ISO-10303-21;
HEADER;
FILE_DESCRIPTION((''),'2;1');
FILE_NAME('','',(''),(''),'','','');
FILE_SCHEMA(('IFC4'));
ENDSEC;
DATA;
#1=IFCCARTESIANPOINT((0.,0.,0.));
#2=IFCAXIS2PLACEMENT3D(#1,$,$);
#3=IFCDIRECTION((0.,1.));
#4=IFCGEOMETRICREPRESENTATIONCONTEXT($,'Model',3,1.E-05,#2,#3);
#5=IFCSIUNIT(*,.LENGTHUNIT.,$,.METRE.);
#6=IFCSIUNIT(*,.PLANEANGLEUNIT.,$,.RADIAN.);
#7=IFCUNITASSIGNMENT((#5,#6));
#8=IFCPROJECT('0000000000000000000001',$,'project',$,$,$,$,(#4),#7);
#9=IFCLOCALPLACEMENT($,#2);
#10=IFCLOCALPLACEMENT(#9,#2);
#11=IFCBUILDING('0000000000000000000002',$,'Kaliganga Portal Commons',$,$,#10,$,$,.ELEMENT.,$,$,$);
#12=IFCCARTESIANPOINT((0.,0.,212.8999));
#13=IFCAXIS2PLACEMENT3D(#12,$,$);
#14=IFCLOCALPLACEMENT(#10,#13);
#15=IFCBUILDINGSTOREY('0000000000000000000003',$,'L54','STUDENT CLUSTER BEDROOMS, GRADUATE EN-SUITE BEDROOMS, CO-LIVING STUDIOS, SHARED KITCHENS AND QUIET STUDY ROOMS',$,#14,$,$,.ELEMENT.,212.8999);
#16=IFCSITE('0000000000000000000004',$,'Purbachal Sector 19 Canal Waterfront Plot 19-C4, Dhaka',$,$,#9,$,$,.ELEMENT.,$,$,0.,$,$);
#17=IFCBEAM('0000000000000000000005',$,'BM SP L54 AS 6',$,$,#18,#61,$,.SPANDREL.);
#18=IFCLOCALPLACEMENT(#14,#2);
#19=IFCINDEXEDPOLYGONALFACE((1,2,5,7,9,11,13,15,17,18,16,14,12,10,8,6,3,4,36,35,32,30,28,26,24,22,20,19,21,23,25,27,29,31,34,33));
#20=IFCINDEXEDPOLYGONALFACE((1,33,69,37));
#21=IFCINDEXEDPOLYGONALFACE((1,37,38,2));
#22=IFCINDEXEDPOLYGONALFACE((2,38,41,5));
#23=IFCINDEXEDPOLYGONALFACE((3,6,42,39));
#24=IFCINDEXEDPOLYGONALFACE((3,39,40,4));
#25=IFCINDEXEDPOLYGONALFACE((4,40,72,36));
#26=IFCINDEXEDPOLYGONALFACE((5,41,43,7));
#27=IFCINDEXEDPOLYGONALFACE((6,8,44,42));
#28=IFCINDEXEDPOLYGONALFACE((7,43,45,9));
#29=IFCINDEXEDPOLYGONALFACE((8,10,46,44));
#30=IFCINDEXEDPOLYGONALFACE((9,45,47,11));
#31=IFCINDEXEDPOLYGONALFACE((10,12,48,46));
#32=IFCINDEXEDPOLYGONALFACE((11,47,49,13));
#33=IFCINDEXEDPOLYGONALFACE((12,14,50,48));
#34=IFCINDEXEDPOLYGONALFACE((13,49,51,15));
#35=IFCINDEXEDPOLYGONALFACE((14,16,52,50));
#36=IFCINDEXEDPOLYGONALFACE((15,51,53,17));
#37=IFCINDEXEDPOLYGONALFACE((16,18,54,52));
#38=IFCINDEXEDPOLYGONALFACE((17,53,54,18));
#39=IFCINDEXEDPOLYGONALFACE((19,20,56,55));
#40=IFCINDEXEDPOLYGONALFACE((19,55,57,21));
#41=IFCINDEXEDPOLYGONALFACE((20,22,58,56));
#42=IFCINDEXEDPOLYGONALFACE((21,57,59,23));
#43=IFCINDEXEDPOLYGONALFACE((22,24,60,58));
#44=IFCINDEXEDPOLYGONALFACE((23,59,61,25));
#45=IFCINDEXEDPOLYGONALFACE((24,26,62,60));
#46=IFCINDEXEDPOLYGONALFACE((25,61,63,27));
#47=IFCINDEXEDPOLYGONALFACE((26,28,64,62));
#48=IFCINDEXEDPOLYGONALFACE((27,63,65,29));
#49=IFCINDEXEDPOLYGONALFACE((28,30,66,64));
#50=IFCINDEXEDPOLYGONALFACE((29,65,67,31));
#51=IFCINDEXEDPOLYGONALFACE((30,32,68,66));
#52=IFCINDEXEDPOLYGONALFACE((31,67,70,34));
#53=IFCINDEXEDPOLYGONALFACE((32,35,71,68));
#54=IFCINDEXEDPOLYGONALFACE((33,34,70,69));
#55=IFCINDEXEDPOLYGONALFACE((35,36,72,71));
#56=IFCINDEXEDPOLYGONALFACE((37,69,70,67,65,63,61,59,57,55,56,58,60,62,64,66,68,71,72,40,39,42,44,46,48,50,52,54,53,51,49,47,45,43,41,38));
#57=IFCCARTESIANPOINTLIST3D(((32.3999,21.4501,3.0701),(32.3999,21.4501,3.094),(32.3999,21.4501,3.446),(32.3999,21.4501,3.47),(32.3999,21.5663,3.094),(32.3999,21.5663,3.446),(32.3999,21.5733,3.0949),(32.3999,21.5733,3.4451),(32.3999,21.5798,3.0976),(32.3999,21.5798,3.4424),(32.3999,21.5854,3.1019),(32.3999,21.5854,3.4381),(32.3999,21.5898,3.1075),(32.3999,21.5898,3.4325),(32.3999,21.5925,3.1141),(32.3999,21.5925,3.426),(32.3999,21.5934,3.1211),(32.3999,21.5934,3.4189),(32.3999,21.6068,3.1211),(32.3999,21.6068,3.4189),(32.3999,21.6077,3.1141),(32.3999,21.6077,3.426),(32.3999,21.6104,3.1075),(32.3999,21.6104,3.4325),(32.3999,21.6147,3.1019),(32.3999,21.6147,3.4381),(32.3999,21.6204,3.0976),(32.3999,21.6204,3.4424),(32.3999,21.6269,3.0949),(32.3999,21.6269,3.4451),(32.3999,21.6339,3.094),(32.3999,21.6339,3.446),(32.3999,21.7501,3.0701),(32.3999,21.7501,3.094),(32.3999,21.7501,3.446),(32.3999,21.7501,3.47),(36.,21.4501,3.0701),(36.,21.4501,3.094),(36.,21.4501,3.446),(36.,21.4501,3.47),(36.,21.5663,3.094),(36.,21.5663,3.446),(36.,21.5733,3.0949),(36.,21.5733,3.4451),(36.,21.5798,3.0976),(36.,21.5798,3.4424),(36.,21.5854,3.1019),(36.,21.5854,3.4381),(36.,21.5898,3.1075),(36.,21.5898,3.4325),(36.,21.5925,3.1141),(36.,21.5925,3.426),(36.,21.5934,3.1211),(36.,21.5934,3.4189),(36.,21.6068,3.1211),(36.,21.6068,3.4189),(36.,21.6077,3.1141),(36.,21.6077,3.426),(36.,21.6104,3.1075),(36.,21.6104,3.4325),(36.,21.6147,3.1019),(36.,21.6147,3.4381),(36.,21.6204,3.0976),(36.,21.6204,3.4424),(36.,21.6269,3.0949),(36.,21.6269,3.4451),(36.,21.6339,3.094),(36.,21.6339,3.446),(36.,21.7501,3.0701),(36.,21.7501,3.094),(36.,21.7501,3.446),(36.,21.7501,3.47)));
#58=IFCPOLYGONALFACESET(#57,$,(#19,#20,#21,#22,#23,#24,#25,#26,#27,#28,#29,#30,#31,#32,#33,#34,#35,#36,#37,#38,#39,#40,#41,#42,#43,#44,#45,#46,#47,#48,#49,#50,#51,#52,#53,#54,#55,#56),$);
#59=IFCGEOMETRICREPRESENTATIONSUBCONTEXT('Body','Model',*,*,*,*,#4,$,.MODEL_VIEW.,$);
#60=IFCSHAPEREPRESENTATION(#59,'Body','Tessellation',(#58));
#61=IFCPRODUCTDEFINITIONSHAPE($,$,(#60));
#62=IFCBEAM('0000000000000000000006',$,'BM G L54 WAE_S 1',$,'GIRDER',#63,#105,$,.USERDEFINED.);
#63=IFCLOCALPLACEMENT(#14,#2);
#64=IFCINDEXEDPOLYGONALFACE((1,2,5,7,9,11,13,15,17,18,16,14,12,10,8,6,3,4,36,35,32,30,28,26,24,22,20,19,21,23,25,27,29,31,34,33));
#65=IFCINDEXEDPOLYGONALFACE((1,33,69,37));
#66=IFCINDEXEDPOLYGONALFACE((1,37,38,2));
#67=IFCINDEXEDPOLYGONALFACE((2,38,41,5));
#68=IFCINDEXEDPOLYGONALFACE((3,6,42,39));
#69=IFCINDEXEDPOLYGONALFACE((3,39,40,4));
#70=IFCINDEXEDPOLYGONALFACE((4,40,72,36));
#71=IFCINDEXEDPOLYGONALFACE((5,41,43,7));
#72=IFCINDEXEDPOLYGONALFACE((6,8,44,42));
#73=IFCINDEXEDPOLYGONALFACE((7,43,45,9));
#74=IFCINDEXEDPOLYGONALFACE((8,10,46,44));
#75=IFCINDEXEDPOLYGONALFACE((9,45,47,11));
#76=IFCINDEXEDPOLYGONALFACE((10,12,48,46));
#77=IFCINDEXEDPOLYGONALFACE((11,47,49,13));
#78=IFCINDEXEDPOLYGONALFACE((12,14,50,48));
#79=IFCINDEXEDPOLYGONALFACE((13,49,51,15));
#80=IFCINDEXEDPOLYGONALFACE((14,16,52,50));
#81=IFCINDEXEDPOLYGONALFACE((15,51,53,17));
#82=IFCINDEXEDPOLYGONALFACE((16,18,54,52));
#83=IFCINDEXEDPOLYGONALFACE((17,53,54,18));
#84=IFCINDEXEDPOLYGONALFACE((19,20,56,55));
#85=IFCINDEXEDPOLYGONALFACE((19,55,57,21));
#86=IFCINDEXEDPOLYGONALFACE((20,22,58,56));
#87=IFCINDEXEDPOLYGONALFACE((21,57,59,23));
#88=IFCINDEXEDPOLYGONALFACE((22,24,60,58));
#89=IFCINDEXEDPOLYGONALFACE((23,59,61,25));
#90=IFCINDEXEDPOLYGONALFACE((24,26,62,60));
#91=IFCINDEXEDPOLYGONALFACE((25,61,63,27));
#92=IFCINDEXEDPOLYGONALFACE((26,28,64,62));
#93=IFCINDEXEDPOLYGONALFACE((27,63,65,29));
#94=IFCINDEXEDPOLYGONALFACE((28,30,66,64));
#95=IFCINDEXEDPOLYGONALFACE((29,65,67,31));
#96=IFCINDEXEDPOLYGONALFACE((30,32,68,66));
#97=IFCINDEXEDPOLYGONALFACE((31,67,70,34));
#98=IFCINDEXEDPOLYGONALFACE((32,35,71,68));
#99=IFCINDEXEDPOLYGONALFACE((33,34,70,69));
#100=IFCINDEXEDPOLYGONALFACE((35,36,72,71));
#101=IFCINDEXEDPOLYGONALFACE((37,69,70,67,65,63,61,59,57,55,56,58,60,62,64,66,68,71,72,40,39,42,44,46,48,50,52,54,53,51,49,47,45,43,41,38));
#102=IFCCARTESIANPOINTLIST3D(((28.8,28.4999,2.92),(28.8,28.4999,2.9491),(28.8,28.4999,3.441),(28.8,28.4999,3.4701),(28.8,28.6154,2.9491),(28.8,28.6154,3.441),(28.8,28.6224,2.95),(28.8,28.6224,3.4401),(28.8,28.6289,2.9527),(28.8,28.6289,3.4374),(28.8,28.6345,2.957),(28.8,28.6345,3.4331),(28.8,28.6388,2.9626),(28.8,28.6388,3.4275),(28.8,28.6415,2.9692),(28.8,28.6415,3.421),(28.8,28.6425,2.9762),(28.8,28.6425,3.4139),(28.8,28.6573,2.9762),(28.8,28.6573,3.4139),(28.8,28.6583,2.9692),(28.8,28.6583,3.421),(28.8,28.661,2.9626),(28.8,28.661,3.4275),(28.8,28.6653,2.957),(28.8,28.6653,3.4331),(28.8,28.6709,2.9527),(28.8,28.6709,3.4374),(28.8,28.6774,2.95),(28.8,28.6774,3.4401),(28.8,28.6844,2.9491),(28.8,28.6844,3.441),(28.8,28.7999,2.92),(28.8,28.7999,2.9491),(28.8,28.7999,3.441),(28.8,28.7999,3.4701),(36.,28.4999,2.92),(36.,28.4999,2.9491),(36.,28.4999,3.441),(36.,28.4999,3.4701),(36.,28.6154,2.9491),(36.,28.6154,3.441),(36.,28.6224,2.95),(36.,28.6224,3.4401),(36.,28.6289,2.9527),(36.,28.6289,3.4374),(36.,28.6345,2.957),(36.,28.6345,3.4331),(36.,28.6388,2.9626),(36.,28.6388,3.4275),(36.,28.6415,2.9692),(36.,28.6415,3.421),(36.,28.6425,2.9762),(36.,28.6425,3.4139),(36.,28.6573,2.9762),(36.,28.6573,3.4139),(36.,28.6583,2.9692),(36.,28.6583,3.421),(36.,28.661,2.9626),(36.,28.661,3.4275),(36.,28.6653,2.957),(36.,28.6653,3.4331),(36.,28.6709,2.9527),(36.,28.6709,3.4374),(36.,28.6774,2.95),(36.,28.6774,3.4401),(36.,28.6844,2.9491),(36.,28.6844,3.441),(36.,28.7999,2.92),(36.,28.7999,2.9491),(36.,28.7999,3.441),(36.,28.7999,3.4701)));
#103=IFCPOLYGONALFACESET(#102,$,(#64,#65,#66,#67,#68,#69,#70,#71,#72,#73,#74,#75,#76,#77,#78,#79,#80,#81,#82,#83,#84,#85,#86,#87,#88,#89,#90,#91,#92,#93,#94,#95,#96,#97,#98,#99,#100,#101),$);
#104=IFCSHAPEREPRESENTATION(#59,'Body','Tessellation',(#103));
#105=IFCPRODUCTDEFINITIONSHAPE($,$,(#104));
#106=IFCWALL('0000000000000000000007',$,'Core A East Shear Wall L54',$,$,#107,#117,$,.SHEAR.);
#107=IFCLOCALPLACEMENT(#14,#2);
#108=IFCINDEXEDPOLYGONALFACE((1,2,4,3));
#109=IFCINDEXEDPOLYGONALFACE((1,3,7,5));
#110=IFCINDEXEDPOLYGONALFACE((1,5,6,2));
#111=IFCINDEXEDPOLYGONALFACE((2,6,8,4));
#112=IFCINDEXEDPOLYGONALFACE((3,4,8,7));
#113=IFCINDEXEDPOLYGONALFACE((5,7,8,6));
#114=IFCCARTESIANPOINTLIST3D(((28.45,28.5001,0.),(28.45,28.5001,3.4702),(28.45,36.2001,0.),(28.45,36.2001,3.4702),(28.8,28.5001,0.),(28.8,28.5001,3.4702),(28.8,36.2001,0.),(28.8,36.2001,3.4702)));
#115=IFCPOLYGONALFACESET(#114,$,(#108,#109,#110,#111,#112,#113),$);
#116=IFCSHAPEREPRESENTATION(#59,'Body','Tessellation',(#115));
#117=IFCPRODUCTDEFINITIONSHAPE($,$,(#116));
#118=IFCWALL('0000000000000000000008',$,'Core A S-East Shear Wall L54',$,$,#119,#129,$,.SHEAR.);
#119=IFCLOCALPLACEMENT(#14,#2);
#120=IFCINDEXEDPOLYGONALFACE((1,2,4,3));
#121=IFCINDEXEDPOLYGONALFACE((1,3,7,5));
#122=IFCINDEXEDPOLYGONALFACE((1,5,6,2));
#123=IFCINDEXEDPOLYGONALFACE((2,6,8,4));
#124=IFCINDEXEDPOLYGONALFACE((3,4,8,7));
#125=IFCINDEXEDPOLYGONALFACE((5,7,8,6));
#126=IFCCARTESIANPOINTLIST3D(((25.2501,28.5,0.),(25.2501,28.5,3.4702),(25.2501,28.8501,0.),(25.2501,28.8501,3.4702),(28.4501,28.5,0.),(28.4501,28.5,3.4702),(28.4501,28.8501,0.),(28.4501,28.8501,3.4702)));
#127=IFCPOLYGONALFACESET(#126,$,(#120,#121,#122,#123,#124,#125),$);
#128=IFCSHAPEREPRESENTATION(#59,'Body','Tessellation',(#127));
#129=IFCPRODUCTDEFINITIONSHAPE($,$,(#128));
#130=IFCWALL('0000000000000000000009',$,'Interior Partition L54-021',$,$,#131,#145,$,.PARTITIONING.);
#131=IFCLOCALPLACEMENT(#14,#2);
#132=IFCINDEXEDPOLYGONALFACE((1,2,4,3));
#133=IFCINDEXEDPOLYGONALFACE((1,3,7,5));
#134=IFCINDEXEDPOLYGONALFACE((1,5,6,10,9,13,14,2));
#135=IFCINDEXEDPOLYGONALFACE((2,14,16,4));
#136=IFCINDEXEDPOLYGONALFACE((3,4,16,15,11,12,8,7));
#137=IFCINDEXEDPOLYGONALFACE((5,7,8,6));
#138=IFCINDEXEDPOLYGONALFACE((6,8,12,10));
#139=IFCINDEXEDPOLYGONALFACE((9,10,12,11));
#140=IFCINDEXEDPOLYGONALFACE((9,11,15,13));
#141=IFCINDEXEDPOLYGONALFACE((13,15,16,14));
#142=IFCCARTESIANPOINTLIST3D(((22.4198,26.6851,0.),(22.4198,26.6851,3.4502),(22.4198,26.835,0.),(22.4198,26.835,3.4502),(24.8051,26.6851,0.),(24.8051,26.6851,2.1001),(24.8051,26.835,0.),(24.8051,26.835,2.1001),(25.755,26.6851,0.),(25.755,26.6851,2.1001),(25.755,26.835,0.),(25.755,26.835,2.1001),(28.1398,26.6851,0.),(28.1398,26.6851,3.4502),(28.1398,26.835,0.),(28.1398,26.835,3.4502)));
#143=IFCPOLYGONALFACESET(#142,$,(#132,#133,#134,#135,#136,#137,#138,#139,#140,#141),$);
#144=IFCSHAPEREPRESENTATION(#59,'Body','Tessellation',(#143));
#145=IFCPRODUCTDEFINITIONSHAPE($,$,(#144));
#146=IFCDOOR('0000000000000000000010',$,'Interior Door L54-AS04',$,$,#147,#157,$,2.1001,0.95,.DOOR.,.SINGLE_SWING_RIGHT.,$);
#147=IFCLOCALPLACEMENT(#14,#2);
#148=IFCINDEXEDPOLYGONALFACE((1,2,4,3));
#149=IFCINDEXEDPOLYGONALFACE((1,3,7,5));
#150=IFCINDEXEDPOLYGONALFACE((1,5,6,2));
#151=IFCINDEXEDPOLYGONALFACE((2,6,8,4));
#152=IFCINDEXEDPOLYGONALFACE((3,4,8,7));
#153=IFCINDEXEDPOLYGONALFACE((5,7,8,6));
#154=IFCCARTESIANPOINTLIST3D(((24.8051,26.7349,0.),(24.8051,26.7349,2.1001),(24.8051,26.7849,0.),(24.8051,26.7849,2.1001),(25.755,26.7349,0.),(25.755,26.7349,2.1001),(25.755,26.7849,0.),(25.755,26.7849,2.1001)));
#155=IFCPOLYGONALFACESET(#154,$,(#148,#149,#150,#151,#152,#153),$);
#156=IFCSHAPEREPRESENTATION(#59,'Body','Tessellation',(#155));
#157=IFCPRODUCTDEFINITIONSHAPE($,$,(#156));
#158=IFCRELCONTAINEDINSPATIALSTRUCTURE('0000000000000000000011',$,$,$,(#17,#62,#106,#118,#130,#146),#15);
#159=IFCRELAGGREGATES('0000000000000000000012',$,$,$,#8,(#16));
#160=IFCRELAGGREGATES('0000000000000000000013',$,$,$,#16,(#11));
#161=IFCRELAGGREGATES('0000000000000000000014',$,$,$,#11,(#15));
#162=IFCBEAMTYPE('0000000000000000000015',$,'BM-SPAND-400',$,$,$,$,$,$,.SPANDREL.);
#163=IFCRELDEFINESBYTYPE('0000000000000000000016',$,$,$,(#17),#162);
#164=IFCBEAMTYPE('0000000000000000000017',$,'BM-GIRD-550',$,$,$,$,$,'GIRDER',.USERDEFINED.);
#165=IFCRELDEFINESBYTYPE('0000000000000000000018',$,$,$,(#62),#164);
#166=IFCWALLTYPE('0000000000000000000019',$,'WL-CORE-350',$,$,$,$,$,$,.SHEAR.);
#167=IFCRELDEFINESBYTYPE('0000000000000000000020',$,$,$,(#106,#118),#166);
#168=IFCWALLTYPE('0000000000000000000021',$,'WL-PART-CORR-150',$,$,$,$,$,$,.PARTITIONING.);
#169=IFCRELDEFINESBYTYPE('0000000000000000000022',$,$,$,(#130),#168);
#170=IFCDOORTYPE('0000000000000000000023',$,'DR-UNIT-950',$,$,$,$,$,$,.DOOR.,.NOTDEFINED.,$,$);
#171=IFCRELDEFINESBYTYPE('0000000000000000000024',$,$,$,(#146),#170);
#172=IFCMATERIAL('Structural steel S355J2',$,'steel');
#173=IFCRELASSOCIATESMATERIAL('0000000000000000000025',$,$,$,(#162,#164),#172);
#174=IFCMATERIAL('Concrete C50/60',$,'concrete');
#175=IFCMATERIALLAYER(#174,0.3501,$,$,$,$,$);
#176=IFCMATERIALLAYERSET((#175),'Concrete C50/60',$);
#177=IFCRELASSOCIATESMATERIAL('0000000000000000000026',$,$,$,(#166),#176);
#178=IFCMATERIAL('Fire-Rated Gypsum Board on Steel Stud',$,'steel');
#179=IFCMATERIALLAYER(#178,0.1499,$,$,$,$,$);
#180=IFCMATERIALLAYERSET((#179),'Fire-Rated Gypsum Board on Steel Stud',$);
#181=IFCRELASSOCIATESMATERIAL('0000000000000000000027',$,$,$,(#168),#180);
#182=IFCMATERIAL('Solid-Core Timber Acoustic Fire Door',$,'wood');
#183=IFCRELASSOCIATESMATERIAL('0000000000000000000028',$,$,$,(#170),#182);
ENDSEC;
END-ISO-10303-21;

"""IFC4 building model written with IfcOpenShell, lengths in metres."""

from ifc_helpers import new_model, si_unit, direction, frame, frame_2d, origin, origin_2d, place, context, subcontext, project, spatial, rectangle, i_section, extrude, source, transform, mapped, material, layer, layer_set, material_profile, profile_set, type_object, element, fill, save


model = new_model("IFC4")

# Units and contexts
model_context = context("Model", 3, precision=1e-05, world=origin(), true_north=direction((0.0, 1.0)))
body_context = subcontext(model_context, "Body", "Model", "MODEL_VIEW")
ifc_project = project(units=[si_unit("LENGTHUNIT", "METRE"), si_unit("PLANEANGLEUNIT", "RADIAN")], contexts=[model_context])

# Site, building, storey
site_placement = place(None, origin())
site = spatial("IfcSite", under=ifc_project, at=site_placement, Name="Purbachal Sector 19 Canal Waterfront Plot 19-C4, Dhaka", CompositionType="ELEMENT", RefElevation=0.0)
building_placement = place(site_placement, origin())
building = spatial("IfcBuilding", under=site, at=building_placement, Name="Kaliganga Portal Commons", CompositionType="ELEMENT")
storey_placement = place(building_placement, frame((0.0, 0.0, 212.8999)))
storey = spatial("IfcBuildingStorey", under=building, at=storey_placement, Name="L54", Description="STUDENT CLUSTER BEDROOMS, GRADUATE EN-SUITE BEDROOMS, CO-LIVING STUDIOS, SHARED KITCHENS AND QUIET STUDY ROOMS", CompositionType="ELEMENT", Elevation=212.8999)

# Shared definitions
ifc_material_1 = material(Name="Concrete C50/60", Category="concrete")
ifc_material_2 = material(Name="Structural steel S355J2", Category="steel")

# Beams
ifc_material_profile_1 = material_profile(ifc_material_2, i_section(OverallWidth=0.3, OverallDepth=0.3999, WebThickness=0.0134, FlangeThickness=0.0239, FilletRadius=0.0271, at=origin_2d()), Name="HE 400 B")
ifc_profile_set_1 = profile_set([ifc_material_profile_1], Name="Structural steel S355J2 wide-flange")
beam_type_1 = type_object("IfcBeamType", Name="BM-SPAND-400", PredefinedType="SPANDREL", material=ifc_profile_set_1)
shared_shape_1 = source(origin(), body_context, "Body", "SweptSolid", [
    extrude(i_section(OverallWidth=0.3, OverallDepth=0.3999, WebThickness=0.0134, FlangeThickness=0.0239, FilletRadius=0.0271, at=origin_2d()), origin(), (0.0, 0.0, 1.0), 3.6001),
])
beam_1_placement = place(storey_placement, frame((32.3999, 21.6001, 3.27), z_axis=(1.0, 0.0, 0.0), x_axis=(0.0, 1.0, 0.0)))
element("IfcBeam", 1, at=beam_1_placement, inside=storey, type_object=beam_type_1, Name="BM SP L54 AS 6", PredefinedType="SPANDREL", context=body_context, shape_type="MappedRepresentation", body=[
    mapped(shared_shape_1, transform((0.0, 0.0, 0.0), x_axis=(1.0, 0.0, 0.0), y_axis=(0.0, 1.0, 0.0), z_axis=(0.0, 0.0, 1.0), scale=1.0)),
])
ifc_material_profile_2 = material_profile(ifc_material_2, i_section(OverallWidth=0.3, OverallDepth=0.55, WebThickness=0.0149, FlangeThickness=0.0291, FilletRadius=0.0271, at=origin_2d()), Name="HE 550 B")
ifc_profile_set_2 = profile_set([ifc_material_profile_2], Name="Structural steel S355J2 wide-flange")
beam_type_2 = type_object("IfcBeamType", Name="BM-GIRD-550", ElementType="GIRDER", PredefinedType="USERDEFINED", material=ifc_profile_set_2)
shared_shape_2 = source(origin(), body_context, "Body", "SweptSolid", [
    extrude(i_section(OverallWidth=0.3, OverallDepth=0.55, WebThickness=0.0149, FlangeThickness=0.0291, FilletRadius=0.0271, at=origin_2d()), origin(), (0.0, 0.0, 1.0), 7.2),
])
beam_2_placement = place(storey_placement, frame((28.8, 28.6499, 3.1951), z_axis=(1.0, 0.0, 0.0), x_axis=(0.0, 1.0, 0.0)))
element("IfcBeam", 2, at=beam_2_placement, inside=storey, type_object=beam_type_2, Name="BM G L54 WAE_S 1", ObjectType="GIRDER", PredefinedType="USERDEFINED", context=body_context, shape_type="MappedRepresentation", body=[
    mapped(shared_shape_2, transform((0.0, 0.0, 0.0), x_axis=(1.0, 0.0, 0.0), y_axis=(0.0, 1.0, 0.0), z_axis=(0.0, 0.0, 1.0), scale=1.0)),
])

# Walls
ifc_layer_1 = layer(ifc_material_1, 0.3501)
ifc_layer_set_1 = layer_set([ifc_layer_1], Name="Concrete C50/60")
wall_type_1 = type_object("IfcWallType", Name="WL-CORE-350", PredefinedType="SHEAR", material=ifc_layer_set_1)
wall_1_placement = place(storey_placement, frame((28.625, 28.5, 0.0), z_axis=(0.0, 0.0, 1.0), x_axis=(0.0, 1.0, 0.0)))
element("IfcWall", 3, at=wall_1_placement, inside=storey, type_object=wall_type_1, Name="Core A East Shear Wall L54", PredefinedType="SHEAR", context=body_context, shape_type="SweptSolid", body=[
    extrude(rectangle(XDim=7.7, YDim=0.3501, at=frame_2d((3.8501, 0.0))), origin(), (0.0, 0.0, 1.0), 3.4702),
])
wall_2_placement = place(storey_placement, frame((25.25, 28.675, 0.0), z_axis=(0.0, 0.0, 1.0), x_axis=(1.0, 0.0, 0.0)))
element("IfcWall", 4, at=wall_2_placement, inside=storey, type_object=wall_type_1, Name="Core A S-East Shear Wall L54", PredefinedType="SHEAR", context=body_context, shape_type="SweptSolid", body=[
    extrude(rectangle(XDim=3.2, YDim=0.3501, at=frame_2d((1.6001, 0.0))), origin(), (0.0, 0.0, 1.0), 3.4702),
])

# Wall, opening, door
ifc_material_3 = material(Name="Fire-Rated Gypsum Board on Steel Stud", Category="steel")
ifc_layer_2 = layer(ifc_material_3, 0.1499)
ifc_layer_set_2 = layer_set([ifc_layer_2], Name="Fire-Rated Gypsum Board on Steel Stud")
wall_type_2 = type_object("IfcWallType", Name="WL-PART-CORR-150", PredefinedType="PARTITIONING", material=ifc_layer_set_2)
wall_3_placement = place(storey_placement, frame((22.4199, 26.76, 0.0), z_axis=(0.0, 0.0, 1.0), x_axis=(1.0, 0.0, 0.0)))
wall_3 = element("IfcWall", 5, at=wall_3_placement, inside=storey, type_object=wall_type_2, Name="Interior Partition L54-021", PredefinedType="PARTITIONING", context=body_context, shape_type="SweptSolid", body=[
    extrude(rectangle(XDim=5.72, YDim=0.1499, at=frame_2d((2.8599, 0.0))), origin(), (0.0, 0.0, 1.0), 3.4502),
])
opening_1_placement = place(wall_3_placement, frame((2.385, 0.0, 0.0)))
opening_1 = element("IfcOpeningElement", 6, at=opening_1_placement, cuts=wall_3, PredefinedType="OPENING", context=body_context, shape_type="SweptSolid", body=[
    extrude(rectangle(XDim=0.95, YDim=2.1001, at=frame_2d((0.4751, 1.05))), frame((0.0, 0.085, 0.0), z_axis=(0.0, -1.0, 0.0), x_axis=(1.0, 0.0, 0.0)), (0.0, 0.0, 1.0), 0.1699),
])
ifc_material_4 = material(Name="Solid-Core Timber Acoustic Fire Door", Category="wood")
door_type_1 = type_object("IfcDoorType", Name="DR-UNIT-950", OperationType="NOTDEFINED", PredefinedType="DOOR", material=ifc_material_4)
door_1_placement = place(opening_1_placement, origin())
door_1 = element("IfcDoor", 7, at=door_1_placement, inside=storey, type_object=door_type_1, Name="Interior Door L54-AS04", OperationType="SINGLE_SWING_RIGHT", OverallHeight=2.1001, OverallWidth=0.95, PredefinedType="DOOR", context=body_context, shape_type="SweptSolid", body=[
    extrude(rectangle(XDim=0.95, YDim=2.1001, at=frame_2d((0.4751, 1.05))), frame((0.0, 0.0249, 0.0), z_axis=(0.0, -1.0, 0.0), x_axis=(1.0, 0.0, 0.0)), (0.0, 0.0, 1.0), 0.05),
])
fill(opening_1, door_1)

save(model, "model.ifc")
